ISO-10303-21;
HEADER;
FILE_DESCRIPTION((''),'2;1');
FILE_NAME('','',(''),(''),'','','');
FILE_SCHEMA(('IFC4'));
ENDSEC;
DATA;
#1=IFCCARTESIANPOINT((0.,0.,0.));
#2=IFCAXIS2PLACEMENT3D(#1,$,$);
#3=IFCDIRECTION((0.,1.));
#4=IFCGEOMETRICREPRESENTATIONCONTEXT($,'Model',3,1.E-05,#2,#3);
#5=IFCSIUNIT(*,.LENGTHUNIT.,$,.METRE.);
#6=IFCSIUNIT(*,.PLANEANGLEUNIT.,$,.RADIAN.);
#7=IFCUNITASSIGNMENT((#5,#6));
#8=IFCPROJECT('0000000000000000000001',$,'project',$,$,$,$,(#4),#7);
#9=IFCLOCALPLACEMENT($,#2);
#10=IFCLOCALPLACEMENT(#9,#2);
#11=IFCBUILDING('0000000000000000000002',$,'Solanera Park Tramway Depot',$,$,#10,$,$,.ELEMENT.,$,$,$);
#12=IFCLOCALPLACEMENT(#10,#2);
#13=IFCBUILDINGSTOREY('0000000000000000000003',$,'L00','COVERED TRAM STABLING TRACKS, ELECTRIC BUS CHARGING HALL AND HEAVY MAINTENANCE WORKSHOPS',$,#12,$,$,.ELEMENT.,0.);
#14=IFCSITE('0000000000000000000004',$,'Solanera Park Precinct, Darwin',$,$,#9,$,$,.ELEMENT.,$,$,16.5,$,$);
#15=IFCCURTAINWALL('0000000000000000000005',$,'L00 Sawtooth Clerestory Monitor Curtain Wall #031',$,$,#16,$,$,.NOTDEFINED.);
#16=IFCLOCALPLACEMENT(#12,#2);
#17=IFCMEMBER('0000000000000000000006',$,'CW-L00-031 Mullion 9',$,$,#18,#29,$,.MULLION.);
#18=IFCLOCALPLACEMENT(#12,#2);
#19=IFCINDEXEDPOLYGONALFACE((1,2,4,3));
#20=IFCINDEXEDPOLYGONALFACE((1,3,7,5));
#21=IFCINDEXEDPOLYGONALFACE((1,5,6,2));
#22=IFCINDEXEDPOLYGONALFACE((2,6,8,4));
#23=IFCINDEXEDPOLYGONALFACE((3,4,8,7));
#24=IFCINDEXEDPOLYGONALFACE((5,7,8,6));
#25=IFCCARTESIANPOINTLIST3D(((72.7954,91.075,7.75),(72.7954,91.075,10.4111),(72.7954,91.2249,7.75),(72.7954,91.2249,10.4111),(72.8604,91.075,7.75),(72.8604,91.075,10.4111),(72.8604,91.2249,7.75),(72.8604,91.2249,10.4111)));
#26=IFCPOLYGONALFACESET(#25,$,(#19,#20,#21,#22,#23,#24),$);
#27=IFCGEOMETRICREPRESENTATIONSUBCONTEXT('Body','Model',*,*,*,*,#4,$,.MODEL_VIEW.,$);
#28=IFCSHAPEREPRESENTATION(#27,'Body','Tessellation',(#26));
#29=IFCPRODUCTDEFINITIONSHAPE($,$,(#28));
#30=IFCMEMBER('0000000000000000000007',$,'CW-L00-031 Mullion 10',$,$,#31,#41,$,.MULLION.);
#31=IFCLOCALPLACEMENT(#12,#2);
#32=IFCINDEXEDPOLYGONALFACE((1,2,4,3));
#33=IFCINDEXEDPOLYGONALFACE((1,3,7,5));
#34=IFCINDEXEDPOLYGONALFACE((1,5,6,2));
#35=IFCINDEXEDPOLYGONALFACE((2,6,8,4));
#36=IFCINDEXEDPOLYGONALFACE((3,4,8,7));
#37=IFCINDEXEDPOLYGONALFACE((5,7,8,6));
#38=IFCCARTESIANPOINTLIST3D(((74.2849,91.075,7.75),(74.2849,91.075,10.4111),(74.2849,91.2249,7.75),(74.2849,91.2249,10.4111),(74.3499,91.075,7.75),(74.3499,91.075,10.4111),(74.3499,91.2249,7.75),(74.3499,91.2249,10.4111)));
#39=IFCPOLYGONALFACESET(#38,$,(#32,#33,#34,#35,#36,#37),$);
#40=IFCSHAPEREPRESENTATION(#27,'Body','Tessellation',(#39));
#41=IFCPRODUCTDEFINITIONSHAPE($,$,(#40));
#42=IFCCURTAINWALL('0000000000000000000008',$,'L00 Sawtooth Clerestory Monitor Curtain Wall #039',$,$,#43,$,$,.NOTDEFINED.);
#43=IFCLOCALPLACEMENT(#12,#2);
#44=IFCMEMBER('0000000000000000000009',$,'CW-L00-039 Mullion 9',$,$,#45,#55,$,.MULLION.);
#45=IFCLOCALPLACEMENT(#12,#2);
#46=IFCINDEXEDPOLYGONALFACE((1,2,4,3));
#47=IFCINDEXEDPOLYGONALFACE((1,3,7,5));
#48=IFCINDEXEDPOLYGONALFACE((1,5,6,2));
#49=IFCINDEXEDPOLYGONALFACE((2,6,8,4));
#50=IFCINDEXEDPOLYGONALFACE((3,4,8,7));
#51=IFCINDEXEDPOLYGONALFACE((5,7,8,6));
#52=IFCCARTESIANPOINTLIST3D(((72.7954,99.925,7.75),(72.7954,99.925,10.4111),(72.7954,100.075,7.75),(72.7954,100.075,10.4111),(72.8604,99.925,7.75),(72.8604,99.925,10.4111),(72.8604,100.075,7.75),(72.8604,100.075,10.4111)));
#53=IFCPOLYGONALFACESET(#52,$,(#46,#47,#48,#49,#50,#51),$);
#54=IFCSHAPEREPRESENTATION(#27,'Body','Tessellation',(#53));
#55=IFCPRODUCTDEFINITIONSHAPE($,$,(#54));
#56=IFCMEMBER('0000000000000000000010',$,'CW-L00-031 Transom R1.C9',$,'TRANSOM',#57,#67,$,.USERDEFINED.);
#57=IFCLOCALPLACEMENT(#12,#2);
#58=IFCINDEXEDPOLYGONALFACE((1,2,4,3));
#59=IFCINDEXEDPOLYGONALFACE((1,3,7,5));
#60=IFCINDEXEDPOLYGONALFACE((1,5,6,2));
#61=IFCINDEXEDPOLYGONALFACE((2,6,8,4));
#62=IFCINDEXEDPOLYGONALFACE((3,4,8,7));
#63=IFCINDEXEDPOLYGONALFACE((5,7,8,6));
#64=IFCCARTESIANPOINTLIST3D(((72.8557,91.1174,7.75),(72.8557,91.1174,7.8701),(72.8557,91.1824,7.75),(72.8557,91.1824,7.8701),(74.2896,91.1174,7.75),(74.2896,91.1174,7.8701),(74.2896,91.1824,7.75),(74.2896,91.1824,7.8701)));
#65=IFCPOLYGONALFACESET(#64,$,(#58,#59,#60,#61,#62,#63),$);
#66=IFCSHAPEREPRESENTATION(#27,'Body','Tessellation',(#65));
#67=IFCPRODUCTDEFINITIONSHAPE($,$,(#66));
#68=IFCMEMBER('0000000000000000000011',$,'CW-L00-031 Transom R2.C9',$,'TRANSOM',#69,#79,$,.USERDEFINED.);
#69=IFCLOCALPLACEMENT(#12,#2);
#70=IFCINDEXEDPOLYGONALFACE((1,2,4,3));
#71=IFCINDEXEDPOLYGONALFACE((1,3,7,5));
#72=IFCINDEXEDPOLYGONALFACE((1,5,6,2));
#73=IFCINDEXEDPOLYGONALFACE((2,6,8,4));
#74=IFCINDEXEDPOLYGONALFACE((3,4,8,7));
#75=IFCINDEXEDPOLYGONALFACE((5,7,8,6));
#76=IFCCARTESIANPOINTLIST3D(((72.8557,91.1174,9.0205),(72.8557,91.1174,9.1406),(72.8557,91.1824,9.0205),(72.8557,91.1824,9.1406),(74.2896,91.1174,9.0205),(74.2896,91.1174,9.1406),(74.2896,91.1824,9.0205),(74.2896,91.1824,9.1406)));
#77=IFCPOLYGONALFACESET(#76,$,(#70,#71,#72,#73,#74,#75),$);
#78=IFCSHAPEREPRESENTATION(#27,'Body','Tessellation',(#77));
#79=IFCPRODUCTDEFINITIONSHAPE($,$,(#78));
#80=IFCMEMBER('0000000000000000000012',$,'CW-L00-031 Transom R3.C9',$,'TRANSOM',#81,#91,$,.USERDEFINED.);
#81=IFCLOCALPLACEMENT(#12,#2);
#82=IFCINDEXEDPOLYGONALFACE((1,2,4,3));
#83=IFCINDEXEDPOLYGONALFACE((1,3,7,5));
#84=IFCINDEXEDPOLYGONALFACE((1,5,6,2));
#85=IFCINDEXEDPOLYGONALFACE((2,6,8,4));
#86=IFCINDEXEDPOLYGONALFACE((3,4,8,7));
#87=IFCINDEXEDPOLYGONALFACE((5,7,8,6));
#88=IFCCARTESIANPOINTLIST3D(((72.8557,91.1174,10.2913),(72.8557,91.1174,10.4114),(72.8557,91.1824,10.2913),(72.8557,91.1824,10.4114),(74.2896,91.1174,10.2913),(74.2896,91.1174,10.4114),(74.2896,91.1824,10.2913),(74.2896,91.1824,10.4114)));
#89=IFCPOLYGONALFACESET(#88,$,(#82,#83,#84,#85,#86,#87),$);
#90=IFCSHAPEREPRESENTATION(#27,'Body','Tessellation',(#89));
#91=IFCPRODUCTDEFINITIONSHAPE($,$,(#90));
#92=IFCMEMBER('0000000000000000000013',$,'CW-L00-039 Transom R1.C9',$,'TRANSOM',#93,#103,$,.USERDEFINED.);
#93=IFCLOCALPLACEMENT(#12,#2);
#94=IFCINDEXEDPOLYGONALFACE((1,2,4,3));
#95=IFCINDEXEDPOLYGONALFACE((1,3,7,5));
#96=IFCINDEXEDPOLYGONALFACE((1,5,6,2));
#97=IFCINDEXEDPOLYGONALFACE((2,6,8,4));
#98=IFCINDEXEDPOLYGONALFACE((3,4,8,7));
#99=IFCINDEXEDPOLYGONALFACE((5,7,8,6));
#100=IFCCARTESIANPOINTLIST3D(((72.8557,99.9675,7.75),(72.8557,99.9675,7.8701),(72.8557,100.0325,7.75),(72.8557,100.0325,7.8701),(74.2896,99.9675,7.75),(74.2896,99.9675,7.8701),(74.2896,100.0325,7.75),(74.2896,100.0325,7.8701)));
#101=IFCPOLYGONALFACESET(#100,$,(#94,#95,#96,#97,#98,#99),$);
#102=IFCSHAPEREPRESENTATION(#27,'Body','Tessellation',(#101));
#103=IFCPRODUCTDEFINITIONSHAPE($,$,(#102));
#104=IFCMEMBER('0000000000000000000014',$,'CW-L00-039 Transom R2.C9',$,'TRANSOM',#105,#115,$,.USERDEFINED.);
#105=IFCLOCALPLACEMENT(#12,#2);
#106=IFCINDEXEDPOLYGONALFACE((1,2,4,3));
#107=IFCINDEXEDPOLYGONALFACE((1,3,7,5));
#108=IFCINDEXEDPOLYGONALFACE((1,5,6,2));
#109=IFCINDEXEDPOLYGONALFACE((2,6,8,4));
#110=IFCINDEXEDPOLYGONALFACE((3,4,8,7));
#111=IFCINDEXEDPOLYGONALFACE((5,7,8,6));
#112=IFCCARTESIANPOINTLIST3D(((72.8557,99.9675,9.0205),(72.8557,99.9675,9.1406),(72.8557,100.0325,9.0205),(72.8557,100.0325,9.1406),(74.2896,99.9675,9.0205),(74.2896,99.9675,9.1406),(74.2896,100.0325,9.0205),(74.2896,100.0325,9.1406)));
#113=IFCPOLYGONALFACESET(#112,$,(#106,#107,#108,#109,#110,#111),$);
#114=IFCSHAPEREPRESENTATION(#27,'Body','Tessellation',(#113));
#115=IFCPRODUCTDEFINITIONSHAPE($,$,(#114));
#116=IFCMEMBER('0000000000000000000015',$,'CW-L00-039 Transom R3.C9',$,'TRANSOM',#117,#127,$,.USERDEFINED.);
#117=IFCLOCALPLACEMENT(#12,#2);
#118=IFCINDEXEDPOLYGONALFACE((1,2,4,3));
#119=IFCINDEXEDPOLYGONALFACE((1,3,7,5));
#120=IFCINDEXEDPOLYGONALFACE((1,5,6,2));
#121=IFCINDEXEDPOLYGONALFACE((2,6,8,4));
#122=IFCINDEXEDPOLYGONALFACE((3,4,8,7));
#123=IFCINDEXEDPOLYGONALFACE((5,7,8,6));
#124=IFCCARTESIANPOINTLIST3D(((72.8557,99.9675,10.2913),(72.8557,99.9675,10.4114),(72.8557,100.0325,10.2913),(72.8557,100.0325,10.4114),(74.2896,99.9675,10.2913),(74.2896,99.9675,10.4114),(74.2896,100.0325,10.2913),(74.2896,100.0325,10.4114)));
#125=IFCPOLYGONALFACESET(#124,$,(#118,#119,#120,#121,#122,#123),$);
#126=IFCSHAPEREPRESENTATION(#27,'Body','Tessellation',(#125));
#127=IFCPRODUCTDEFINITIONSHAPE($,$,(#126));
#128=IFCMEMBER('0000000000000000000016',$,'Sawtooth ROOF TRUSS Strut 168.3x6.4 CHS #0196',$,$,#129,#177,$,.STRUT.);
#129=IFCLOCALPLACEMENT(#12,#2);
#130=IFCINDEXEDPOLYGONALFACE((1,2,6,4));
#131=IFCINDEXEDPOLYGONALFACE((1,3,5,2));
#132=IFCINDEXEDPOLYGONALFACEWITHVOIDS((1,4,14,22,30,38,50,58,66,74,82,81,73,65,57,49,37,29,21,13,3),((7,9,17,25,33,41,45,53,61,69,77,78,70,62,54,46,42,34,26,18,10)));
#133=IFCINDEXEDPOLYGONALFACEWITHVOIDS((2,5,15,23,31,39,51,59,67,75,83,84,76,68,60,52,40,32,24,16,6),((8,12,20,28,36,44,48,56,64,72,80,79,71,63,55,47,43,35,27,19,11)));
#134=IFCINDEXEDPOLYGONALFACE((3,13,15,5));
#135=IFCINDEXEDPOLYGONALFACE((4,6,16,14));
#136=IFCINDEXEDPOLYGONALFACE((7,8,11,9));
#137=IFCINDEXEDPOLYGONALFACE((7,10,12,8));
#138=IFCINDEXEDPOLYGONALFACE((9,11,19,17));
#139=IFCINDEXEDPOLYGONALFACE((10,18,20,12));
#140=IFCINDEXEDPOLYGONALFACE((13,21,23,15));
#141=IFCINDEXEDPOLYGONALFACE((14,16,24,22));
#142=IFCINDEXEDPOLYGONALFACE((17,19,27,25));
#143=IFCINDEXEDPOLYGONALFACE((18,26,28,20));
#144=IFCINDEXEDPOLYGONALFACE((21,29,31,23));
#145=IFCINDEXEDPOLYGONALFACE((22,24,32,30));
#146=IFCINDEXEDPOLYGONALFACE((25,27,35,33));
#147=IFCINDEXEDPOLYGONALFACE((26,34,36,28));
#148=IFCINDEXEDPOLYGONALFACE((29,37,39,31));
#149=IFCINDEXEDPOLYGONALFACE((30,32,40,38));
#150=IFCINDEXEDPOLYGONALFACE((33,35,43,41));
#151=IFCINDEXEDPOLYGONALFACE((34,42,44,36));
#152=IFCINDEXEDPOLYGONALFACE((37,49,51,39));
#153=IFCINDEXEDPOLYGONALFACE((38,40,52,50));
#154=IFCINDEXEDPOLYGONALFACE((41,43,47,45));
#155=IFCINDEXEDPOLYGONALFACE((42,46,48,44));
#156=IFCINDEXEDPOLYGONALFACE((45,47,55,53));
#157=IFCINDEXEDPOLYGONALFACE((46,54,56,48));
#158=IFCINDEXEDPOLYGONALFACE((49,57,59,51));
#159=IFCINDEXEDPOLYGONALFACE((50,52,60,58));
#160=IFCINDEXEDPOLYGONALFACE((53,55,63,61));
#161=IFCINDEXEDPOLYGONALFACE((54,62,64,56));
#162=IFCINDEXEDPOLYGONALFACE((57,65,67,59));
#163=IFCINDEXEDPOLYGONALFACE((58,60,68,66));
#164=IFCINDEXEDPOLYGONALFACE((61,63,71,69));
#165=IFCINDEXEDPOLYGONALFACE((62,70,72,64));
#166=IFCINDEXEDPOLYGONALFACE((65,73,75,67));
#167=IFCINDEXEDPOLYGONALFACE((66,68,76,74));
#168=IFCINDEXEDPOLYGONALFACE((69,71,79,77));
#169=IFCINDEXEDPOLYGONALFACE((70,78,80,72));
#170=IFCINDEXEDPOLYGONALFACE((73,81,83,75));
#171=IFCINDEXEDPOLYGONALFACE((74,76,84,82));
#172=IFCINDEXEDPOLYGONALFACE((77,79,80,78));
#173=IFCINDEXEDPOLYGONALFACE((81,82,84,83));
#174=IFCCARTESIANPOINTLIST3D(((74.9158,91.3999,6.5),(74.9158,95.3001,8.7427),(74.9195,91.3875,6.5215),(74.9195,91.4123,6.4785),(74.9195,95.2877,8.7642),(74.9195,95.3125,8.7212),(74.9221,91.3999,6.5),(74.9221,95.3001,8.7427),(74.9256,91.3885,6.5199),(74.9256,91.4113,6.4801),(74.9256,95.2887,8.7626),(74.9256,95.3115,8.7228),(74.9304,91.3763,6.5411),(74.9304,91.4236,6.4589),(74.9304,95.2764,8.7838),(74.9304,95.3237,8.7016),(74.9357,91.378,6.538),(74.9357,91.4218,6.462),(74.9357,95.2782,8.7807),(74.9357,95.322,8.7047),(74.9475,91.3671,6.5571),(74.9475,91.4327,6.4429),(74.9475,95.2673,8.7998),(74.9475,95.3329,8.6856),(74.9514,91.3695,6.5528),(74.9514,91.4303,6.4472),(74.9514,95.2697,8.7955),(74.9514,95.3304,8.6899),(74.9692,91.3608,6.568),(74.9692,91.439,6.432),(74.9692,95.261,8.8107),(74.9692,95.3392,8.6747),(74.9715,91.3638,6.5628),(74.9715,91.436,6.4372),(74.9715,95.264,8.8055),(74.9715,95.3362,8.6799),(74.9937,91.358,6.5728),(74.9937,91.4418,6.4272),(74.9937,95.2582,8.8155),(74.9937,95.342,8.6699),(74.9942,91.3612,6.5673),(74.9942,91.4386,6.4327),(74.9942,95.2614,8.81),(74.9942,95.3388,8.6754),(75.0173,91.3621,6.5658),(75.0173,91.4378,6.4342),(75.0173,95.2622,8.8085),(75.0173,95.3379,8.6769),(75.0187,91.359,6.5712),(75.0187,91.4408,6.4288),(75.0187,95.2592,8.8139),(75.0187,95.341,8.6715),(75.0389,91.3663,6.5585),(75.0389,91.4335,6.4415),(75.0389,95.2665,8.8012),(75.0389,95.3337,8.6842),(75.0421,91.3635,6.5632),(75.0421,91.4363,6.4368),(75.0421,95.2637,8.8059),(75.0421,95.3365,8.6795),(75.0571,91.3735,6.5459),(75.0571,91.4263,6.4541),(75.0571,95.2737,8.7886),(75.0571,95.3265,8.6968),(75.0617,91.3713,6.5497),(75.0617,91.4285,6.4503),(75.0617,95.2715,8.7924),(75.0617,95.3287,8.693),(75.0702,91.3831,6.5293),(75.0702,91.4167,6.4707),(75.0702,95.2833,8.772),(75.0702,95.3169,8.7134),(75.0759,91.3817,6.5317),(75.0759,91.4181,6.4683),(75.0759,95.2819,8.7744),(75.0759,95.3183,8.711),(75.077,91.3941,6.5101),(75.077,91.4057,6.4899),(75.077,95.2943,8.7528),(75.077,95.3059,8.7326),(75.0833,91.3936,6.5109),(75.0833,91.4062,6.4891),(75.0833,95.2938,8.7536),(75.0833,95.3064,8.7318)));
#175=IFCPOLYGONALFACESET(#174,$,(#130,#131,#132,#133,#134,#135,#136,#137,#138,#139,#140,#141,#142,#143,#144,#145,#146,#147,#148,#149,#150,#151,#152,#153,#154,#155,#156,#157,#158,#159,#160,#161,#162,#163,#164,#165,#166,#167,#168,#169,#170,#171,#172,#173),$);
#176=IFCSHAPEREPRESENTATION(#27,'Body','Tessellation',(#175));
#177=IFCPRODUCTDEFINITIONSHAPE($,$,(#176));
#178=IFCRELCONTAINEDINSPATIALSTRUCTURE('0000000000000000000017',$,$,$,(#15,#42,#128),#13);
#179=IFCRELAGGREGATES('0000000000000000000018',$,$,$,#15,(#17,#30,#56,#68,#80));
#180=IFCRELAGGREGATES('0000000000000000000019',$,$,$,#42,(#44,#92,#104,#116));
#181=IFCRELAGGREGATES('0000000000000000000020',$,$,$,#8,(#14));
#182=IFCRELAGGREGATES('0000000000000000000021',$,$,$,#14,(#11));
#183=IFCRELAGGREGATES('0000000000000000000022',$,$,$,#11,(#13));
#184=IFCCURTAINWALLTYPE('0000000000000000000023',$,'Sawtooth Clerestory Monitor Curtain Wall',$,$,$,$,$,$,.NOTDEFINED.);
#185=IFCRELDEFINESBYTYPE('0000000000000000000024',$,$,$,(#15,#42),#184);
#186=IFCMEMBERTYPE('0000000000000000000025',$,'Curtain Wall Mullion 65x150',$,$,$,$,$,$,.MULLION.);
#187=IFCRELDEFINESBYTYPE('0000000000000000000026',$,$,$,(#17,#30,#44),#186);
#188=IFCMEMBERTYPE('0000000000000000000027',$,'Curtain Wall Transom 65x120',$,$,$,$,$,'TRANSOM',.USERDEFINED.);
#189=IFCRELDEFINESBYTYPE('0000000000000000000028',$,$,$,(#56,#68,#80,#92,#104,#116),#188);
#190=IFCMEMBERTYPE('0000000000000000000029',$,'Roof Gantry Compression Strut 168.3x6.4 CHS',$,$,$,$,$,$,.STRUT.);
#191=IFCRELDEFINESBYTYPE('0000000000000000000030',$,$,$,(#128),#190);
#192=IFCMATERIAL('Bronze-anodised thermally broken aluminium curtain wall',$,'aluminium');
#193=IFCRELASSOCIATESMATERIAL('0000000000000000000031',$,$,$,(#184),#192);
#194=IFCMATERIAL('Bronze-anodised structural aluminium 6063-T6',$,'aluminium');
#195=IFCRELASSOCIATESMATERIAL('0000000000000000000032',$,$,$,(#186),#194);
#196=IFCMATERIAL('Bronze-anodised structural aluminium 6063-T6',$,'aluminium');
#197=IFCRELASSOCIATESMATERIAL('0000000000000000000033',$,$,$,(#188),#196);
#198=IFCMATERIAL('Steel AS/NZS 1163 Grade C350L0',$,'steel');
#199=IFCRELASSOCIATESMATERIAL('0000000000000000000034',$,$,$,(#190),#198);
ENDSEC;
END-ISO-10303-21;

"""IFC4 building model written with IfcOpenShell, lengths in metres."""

from ifc_helpers import new_model, si_unit, direction, frame, origin, origin_2d, place, context, subcontext, project, spatial, rectangle, hollow_circle, extrude, material, material_profile, profile_set, type_object, element, aggregate, save


model = new_model("IFC4")

# Units and contexts
model_context = context("Model", 3, precision=1e-05, world=origin(), true_north=direction((0.0, 1.0)))
body_context = subcontext(model_context, "Body", "Model", "MODEL_VIEW")
ifc_project = project(units=[si_unit("LENGTHUNIT", "METRE"), si_unit("PLANEANGLEUNIT", "RADIAN")], contexts=[model_context])

# Site, building, storey
site_placement = place(None, origin())
site = spatial("IfcSite", under=ifc_project, at=site_placement, Name="Solanera Park Precinct, Darwin", CompositionType="ELEMENT", RefElevation=16.5)
building_placement = place(site_placement, origin())
building = spatial("IfcBuilding", under=site, at=building_placement, Name="Solanera Park Tramway Depot", CompositionType="ELEMENT")
storey_placement = place(building_placement, origin())
storey = spatial("IfcBuildingStorey", under=building, at=storey_placement, Name="L00", Description="COVERED TRAM STABLING TRACKS, ELECTRIC BUS CHARGING HALL AND HEAVY MAINTENANCE WORKSHOPS", CompositionType="ELEMENT", Elevation=0.0)

# Curtain wall, members
ifc_material_1 = material(Name="Bronze-anodised thermally broken aluminium curtain wall", Category="aluminium")
curtain_wall_type = type_object("IfcCurtainWallType", Name="Sawtooth Clerestory Monitor Curtain Wall", PredefinedType="NOTDEFINED", material=ifc_material_1)
curtain_wall_1_placement = place(storey_placement, origin())
curtain_wall_1 = element("IfcCurtainWall", 1, at=curtain_wall_1_placement, inside=storey, type_object=curtain_wall_type, Name="L00 Sawtooth Clerestory Monitor Curtain Wall #031", PredefinedType="NOTDEFINED")
ifc_material_2 = material(Name="Bronze-anodised structural aluminium 6063-T6", Category="aluminium")
ifc_material_profile_1 = material_profile(ifc_material_2, rectangle(XDim=0.0649, YDim=0.1499, at=origin_2d()), Name="Curtain Wall Mullion 65x150")
ifc_profile_set_1 = profile_set([ifc_material_profile_1], Name="Bronze-anodised structural aluminium 6063-T6")
member_type_1 = type_object("IfcMemberType", Name="Curtain Wall Mullion 65x150", PredefinedType="MULLION", material=ifc_profile_set_1)
member_1_placement = place(storey_placement, frame((72.8279, 91.1499, 7.75), z_axis=(0.0, 0.0, 1.0), x_axis=(1.0, 0.0, 0.0)))
member_1 = element("IfcMember", 2, at=member_1_placement, type_object=member_type_1, Name="CW-L00-031 Mullion 9", PredefinedType="MULLION", context=body_context, shape_type="SweptSolid", body=[
    extrude(rectangle(XDim=0.0649, YDim=0.1499, at=origin_2d()), origin(), (0.0, 0.0, 1.0), 2.6611),
])
member_2_placement = place(storey_placement, frame((74.3174, 91.1499, 7.75), z_axis=(0.0, 0.0, 1.0), x_axis=(1.0, 0.0, 0.0)))
member_2 = element("IfcMember", 3, at=member_2_placement, type_object=member_type_1, Name="CW-L00-031 Mullion 10", PredefinedType="MULLION", context=body_context, shape_type="SweptSolid", body=[
    extrude(rectangle(XDim=0.0649, YDim=0.1499, at=origin_2d()), origin(), (0.0, 0.0, 1.0), 2.6611),
])

# Curtain wall, member
curtain_wall_2_placement = place(storey_placement, origin())
curtain_wall_2 = element("IfcCurtainWall", 4, at=curtain_wall_2_placement, inside=storey, type_object=curtain_wall_type, Name="L00 Sawtooth Clerestory Monitor Curtain Wall #039", PredefinedType="NOTDEFINED")
member_3_placement = place(storey_placement, frame((72.8279, 100.0, 7.75), z_axis=(0.0, 0.0, 1.0), x_axis=(1.0, 0.0, 0.0)))
member_3 = element("IfcMember", 5, at=member_3_placement, type_object=member_type_1, Name="CW-L00-039 Mullion 9", PredefinedType="MULLION", context=body_context, shape_type="SweptSolid", body=[
    extrude(rectangle(XDim=0.0649, YDim=0.1499, at=origin_2d()), origin(), (0.0, 0.0, 1.0), 2.6611),
])

# Members
ifc_material_3 = material(Name="Bronze-anodised structural aluminium 6063-T6", Category="aluminium")
ifc_material_profile_2 = material_profile(ifc_material_3, rectangle(XDim=0.0649, YDim=0.1201, at=origin_2d()), Name="Curtain Wall Transom 65x120")
ifc_profile_set_2 = profile_set([ifc_material_profile_2], Name="Bronze-anodised structural aluminium 6063-T6")
member_type_2 = type_object("IfcMemberType", Name="Curtain Wall Transom 65x120", ElementType="TRANSOM", PredefinedType="USERDEFINED", material=ifc_profile_set_2)
member_4_placement = place(storey_placement, frame((72.8557, 91.1499, 7.8101), z_axis=(1.0, 0.0, 0.0), x_axis=(0.0, 1.0, 0.0)))
member_4 = element("IfcMember", 6, at=member_4_placement, type_object=member_type_2, Name="CW-L00-031 Transom R1.C9", ObjectType="TRANSOM", PredefinedType="USERDEFINED", context=body_context, shape_type="SweptSolid", body=[
    extrude(rectangle(XDim=0.0649, YDim=0.1201, at=origin_2d()), origin(), (0.0, 0.0, 1.0), 1.4338),
])
member_5_placement = place(storey_placement, frame((72.8557, 91.1499, 9.0806), z_axis=(1.0, 0.0, 0.0), x_axis=(0.0, 1.0, 0.0)))
member_5 = element("IfcMember", 7, at=member_5_placement, type_object=member_type_2, Name="CW-L00-031 Transom R2.C9", ObjectType="TRANSOM", PredefinedType="USERDEFINED", context=body_context, shape_type="SweptSolid", body=[
    extrude(rectangle(XDim=0.0649, YDim=0.1201, at=origin_2d()), origin(), (0.0, 0.0, 1.0), 1.4338),
])
member_6_placement = place(storey_placement, frame((72.8557, 91.1499, 10.3513), z_axis=(1.0, 0.0, 0.0), x_axis=(0.0, 1.0, 0.0)))
member_6 = element("IfcMember", 8, at=member_6_placement, type_object=member_type_2, Name="CW-L00-031 Transom R3.C9", ObjectType="TRANSOM", PredefinedType="USERDEFINED", context=body_context, shape_type="SweptSolid", body=[
    extrude(rectangle(XDim=0.0649, YDim=0.1201, at=origin_2d()), origin(), (0.0, 0.0, 1.0), 1.4338),
])
member_7_placement = place(storey_placement, frame((72.8557, 100.0, 7.8101), z_axis=(1.0, 0.0, 0.0), x_axis=(0.0, 1.0, 0.0)))
member_7 = element("IfcMember", 9, at=member_7_placement, type_object=member_type_2, Name="CW-L00-039 Transom R1.C9", ObjectType="TRANSOM", PredefinedType="USERDEFINED", context=body_context, shape_type="SweptSolid", body=[
    extrude(rectangle(XDim=0.0649, YDim=0.1201, at=origin_2d()), origin(), (0.0, 0.0, 1.0), 1.4338),
])
member_8_placement = place(storey_placement, frame((72.8557, 100.0, 9.0806), z_axis=(1.0, 0.0, 0.0), x_axis=(0.0, 1.0, 0.0)))
member_8 = element("IfcMember", 10, at=member_8_placement, type_object=member_type_2, Name="CW-L00-039 Transom R2.C9", ObjectType="TRANSOM", PredefinedType="USERDEFINED", context=body_context, shape_type="SweptSolid", body=[
    extrude(rectangle(XDim=0.0649, YDim=0.1201, at=origin_2d()), origin(), (0.0, 0.0, 1.0), 1.4338),
])
member_9_placement = place(storey_placement, frame((72.8557, 100.0, 10.3513), z_axis=(1.0, 0.0, 0.0), x_axis=(0.0, 1.0, 0.0)))
member_9 = element("IfcMember", 11, at=member_9_placement, type_object=member_type_2, Name="CW-L00-039 Transom R3.C9", ObjectType="TRANSOM", PredefinedType="USERDEFINED", context=body_context, shape_type="SweptSolid", body=[
    extrude(rectangle(XDim=0.0649, YDim=0.1201, at=origin_2d()), origin(), (0.0, 0.0, 1.0), 1.4338),
])

# Member
ifc_material_4 = material(Name="Steel AS/NZS 1163 Grade C350L0", Category="steel")
ifc_material_profile_3 = material_profile(ifc_material_4, hollow_circle(Radius=0.0842, WallThickness=0.0063, at=origin_2d()), Name="168.3x6.4 CHS")
ifc_profile_set_3 = profile_set([ifc_material_profile_3], Name="Steel AS/NZS 1163 Grade C350L0")
member_type_3 = type_object("IfcMemberType", Name="Roof Gantry Compression Strut 168.3x6.4 CHS", PredefinedType="STRUT", material=ifc_profile_set_3)
member_10_placement = place(storey_placement, frame((75.0, 91.3999, 6.5), z_axis=(0.0, 0.866898, 0.498486), x_axis=(-1.0, 0.0, 0.0)))
element("IfcMember", 12, at=member_10_placement, inside=storey, type_object=member_type_3, Name="Sawtooth ROOF TRUSS Strut 168.3x6.4 CHS #0196", PredefinedType="STRUT", context=body_context, shape_type="SweptSolid", body=[
    extrude(hollow_circle(Radius=0.0842, WallThickness=0.0063, at=origin_2d()), origin(), (0.0, 0.0, 1.0), 4.499),
])

aggregate(curtain_wall_1, [member_1, member_2, member_4, member_5, member_6])
aggregate(curtain_wall_2, [member_3, member_7, member_8, member_9])

save(model, "model.ifc")
